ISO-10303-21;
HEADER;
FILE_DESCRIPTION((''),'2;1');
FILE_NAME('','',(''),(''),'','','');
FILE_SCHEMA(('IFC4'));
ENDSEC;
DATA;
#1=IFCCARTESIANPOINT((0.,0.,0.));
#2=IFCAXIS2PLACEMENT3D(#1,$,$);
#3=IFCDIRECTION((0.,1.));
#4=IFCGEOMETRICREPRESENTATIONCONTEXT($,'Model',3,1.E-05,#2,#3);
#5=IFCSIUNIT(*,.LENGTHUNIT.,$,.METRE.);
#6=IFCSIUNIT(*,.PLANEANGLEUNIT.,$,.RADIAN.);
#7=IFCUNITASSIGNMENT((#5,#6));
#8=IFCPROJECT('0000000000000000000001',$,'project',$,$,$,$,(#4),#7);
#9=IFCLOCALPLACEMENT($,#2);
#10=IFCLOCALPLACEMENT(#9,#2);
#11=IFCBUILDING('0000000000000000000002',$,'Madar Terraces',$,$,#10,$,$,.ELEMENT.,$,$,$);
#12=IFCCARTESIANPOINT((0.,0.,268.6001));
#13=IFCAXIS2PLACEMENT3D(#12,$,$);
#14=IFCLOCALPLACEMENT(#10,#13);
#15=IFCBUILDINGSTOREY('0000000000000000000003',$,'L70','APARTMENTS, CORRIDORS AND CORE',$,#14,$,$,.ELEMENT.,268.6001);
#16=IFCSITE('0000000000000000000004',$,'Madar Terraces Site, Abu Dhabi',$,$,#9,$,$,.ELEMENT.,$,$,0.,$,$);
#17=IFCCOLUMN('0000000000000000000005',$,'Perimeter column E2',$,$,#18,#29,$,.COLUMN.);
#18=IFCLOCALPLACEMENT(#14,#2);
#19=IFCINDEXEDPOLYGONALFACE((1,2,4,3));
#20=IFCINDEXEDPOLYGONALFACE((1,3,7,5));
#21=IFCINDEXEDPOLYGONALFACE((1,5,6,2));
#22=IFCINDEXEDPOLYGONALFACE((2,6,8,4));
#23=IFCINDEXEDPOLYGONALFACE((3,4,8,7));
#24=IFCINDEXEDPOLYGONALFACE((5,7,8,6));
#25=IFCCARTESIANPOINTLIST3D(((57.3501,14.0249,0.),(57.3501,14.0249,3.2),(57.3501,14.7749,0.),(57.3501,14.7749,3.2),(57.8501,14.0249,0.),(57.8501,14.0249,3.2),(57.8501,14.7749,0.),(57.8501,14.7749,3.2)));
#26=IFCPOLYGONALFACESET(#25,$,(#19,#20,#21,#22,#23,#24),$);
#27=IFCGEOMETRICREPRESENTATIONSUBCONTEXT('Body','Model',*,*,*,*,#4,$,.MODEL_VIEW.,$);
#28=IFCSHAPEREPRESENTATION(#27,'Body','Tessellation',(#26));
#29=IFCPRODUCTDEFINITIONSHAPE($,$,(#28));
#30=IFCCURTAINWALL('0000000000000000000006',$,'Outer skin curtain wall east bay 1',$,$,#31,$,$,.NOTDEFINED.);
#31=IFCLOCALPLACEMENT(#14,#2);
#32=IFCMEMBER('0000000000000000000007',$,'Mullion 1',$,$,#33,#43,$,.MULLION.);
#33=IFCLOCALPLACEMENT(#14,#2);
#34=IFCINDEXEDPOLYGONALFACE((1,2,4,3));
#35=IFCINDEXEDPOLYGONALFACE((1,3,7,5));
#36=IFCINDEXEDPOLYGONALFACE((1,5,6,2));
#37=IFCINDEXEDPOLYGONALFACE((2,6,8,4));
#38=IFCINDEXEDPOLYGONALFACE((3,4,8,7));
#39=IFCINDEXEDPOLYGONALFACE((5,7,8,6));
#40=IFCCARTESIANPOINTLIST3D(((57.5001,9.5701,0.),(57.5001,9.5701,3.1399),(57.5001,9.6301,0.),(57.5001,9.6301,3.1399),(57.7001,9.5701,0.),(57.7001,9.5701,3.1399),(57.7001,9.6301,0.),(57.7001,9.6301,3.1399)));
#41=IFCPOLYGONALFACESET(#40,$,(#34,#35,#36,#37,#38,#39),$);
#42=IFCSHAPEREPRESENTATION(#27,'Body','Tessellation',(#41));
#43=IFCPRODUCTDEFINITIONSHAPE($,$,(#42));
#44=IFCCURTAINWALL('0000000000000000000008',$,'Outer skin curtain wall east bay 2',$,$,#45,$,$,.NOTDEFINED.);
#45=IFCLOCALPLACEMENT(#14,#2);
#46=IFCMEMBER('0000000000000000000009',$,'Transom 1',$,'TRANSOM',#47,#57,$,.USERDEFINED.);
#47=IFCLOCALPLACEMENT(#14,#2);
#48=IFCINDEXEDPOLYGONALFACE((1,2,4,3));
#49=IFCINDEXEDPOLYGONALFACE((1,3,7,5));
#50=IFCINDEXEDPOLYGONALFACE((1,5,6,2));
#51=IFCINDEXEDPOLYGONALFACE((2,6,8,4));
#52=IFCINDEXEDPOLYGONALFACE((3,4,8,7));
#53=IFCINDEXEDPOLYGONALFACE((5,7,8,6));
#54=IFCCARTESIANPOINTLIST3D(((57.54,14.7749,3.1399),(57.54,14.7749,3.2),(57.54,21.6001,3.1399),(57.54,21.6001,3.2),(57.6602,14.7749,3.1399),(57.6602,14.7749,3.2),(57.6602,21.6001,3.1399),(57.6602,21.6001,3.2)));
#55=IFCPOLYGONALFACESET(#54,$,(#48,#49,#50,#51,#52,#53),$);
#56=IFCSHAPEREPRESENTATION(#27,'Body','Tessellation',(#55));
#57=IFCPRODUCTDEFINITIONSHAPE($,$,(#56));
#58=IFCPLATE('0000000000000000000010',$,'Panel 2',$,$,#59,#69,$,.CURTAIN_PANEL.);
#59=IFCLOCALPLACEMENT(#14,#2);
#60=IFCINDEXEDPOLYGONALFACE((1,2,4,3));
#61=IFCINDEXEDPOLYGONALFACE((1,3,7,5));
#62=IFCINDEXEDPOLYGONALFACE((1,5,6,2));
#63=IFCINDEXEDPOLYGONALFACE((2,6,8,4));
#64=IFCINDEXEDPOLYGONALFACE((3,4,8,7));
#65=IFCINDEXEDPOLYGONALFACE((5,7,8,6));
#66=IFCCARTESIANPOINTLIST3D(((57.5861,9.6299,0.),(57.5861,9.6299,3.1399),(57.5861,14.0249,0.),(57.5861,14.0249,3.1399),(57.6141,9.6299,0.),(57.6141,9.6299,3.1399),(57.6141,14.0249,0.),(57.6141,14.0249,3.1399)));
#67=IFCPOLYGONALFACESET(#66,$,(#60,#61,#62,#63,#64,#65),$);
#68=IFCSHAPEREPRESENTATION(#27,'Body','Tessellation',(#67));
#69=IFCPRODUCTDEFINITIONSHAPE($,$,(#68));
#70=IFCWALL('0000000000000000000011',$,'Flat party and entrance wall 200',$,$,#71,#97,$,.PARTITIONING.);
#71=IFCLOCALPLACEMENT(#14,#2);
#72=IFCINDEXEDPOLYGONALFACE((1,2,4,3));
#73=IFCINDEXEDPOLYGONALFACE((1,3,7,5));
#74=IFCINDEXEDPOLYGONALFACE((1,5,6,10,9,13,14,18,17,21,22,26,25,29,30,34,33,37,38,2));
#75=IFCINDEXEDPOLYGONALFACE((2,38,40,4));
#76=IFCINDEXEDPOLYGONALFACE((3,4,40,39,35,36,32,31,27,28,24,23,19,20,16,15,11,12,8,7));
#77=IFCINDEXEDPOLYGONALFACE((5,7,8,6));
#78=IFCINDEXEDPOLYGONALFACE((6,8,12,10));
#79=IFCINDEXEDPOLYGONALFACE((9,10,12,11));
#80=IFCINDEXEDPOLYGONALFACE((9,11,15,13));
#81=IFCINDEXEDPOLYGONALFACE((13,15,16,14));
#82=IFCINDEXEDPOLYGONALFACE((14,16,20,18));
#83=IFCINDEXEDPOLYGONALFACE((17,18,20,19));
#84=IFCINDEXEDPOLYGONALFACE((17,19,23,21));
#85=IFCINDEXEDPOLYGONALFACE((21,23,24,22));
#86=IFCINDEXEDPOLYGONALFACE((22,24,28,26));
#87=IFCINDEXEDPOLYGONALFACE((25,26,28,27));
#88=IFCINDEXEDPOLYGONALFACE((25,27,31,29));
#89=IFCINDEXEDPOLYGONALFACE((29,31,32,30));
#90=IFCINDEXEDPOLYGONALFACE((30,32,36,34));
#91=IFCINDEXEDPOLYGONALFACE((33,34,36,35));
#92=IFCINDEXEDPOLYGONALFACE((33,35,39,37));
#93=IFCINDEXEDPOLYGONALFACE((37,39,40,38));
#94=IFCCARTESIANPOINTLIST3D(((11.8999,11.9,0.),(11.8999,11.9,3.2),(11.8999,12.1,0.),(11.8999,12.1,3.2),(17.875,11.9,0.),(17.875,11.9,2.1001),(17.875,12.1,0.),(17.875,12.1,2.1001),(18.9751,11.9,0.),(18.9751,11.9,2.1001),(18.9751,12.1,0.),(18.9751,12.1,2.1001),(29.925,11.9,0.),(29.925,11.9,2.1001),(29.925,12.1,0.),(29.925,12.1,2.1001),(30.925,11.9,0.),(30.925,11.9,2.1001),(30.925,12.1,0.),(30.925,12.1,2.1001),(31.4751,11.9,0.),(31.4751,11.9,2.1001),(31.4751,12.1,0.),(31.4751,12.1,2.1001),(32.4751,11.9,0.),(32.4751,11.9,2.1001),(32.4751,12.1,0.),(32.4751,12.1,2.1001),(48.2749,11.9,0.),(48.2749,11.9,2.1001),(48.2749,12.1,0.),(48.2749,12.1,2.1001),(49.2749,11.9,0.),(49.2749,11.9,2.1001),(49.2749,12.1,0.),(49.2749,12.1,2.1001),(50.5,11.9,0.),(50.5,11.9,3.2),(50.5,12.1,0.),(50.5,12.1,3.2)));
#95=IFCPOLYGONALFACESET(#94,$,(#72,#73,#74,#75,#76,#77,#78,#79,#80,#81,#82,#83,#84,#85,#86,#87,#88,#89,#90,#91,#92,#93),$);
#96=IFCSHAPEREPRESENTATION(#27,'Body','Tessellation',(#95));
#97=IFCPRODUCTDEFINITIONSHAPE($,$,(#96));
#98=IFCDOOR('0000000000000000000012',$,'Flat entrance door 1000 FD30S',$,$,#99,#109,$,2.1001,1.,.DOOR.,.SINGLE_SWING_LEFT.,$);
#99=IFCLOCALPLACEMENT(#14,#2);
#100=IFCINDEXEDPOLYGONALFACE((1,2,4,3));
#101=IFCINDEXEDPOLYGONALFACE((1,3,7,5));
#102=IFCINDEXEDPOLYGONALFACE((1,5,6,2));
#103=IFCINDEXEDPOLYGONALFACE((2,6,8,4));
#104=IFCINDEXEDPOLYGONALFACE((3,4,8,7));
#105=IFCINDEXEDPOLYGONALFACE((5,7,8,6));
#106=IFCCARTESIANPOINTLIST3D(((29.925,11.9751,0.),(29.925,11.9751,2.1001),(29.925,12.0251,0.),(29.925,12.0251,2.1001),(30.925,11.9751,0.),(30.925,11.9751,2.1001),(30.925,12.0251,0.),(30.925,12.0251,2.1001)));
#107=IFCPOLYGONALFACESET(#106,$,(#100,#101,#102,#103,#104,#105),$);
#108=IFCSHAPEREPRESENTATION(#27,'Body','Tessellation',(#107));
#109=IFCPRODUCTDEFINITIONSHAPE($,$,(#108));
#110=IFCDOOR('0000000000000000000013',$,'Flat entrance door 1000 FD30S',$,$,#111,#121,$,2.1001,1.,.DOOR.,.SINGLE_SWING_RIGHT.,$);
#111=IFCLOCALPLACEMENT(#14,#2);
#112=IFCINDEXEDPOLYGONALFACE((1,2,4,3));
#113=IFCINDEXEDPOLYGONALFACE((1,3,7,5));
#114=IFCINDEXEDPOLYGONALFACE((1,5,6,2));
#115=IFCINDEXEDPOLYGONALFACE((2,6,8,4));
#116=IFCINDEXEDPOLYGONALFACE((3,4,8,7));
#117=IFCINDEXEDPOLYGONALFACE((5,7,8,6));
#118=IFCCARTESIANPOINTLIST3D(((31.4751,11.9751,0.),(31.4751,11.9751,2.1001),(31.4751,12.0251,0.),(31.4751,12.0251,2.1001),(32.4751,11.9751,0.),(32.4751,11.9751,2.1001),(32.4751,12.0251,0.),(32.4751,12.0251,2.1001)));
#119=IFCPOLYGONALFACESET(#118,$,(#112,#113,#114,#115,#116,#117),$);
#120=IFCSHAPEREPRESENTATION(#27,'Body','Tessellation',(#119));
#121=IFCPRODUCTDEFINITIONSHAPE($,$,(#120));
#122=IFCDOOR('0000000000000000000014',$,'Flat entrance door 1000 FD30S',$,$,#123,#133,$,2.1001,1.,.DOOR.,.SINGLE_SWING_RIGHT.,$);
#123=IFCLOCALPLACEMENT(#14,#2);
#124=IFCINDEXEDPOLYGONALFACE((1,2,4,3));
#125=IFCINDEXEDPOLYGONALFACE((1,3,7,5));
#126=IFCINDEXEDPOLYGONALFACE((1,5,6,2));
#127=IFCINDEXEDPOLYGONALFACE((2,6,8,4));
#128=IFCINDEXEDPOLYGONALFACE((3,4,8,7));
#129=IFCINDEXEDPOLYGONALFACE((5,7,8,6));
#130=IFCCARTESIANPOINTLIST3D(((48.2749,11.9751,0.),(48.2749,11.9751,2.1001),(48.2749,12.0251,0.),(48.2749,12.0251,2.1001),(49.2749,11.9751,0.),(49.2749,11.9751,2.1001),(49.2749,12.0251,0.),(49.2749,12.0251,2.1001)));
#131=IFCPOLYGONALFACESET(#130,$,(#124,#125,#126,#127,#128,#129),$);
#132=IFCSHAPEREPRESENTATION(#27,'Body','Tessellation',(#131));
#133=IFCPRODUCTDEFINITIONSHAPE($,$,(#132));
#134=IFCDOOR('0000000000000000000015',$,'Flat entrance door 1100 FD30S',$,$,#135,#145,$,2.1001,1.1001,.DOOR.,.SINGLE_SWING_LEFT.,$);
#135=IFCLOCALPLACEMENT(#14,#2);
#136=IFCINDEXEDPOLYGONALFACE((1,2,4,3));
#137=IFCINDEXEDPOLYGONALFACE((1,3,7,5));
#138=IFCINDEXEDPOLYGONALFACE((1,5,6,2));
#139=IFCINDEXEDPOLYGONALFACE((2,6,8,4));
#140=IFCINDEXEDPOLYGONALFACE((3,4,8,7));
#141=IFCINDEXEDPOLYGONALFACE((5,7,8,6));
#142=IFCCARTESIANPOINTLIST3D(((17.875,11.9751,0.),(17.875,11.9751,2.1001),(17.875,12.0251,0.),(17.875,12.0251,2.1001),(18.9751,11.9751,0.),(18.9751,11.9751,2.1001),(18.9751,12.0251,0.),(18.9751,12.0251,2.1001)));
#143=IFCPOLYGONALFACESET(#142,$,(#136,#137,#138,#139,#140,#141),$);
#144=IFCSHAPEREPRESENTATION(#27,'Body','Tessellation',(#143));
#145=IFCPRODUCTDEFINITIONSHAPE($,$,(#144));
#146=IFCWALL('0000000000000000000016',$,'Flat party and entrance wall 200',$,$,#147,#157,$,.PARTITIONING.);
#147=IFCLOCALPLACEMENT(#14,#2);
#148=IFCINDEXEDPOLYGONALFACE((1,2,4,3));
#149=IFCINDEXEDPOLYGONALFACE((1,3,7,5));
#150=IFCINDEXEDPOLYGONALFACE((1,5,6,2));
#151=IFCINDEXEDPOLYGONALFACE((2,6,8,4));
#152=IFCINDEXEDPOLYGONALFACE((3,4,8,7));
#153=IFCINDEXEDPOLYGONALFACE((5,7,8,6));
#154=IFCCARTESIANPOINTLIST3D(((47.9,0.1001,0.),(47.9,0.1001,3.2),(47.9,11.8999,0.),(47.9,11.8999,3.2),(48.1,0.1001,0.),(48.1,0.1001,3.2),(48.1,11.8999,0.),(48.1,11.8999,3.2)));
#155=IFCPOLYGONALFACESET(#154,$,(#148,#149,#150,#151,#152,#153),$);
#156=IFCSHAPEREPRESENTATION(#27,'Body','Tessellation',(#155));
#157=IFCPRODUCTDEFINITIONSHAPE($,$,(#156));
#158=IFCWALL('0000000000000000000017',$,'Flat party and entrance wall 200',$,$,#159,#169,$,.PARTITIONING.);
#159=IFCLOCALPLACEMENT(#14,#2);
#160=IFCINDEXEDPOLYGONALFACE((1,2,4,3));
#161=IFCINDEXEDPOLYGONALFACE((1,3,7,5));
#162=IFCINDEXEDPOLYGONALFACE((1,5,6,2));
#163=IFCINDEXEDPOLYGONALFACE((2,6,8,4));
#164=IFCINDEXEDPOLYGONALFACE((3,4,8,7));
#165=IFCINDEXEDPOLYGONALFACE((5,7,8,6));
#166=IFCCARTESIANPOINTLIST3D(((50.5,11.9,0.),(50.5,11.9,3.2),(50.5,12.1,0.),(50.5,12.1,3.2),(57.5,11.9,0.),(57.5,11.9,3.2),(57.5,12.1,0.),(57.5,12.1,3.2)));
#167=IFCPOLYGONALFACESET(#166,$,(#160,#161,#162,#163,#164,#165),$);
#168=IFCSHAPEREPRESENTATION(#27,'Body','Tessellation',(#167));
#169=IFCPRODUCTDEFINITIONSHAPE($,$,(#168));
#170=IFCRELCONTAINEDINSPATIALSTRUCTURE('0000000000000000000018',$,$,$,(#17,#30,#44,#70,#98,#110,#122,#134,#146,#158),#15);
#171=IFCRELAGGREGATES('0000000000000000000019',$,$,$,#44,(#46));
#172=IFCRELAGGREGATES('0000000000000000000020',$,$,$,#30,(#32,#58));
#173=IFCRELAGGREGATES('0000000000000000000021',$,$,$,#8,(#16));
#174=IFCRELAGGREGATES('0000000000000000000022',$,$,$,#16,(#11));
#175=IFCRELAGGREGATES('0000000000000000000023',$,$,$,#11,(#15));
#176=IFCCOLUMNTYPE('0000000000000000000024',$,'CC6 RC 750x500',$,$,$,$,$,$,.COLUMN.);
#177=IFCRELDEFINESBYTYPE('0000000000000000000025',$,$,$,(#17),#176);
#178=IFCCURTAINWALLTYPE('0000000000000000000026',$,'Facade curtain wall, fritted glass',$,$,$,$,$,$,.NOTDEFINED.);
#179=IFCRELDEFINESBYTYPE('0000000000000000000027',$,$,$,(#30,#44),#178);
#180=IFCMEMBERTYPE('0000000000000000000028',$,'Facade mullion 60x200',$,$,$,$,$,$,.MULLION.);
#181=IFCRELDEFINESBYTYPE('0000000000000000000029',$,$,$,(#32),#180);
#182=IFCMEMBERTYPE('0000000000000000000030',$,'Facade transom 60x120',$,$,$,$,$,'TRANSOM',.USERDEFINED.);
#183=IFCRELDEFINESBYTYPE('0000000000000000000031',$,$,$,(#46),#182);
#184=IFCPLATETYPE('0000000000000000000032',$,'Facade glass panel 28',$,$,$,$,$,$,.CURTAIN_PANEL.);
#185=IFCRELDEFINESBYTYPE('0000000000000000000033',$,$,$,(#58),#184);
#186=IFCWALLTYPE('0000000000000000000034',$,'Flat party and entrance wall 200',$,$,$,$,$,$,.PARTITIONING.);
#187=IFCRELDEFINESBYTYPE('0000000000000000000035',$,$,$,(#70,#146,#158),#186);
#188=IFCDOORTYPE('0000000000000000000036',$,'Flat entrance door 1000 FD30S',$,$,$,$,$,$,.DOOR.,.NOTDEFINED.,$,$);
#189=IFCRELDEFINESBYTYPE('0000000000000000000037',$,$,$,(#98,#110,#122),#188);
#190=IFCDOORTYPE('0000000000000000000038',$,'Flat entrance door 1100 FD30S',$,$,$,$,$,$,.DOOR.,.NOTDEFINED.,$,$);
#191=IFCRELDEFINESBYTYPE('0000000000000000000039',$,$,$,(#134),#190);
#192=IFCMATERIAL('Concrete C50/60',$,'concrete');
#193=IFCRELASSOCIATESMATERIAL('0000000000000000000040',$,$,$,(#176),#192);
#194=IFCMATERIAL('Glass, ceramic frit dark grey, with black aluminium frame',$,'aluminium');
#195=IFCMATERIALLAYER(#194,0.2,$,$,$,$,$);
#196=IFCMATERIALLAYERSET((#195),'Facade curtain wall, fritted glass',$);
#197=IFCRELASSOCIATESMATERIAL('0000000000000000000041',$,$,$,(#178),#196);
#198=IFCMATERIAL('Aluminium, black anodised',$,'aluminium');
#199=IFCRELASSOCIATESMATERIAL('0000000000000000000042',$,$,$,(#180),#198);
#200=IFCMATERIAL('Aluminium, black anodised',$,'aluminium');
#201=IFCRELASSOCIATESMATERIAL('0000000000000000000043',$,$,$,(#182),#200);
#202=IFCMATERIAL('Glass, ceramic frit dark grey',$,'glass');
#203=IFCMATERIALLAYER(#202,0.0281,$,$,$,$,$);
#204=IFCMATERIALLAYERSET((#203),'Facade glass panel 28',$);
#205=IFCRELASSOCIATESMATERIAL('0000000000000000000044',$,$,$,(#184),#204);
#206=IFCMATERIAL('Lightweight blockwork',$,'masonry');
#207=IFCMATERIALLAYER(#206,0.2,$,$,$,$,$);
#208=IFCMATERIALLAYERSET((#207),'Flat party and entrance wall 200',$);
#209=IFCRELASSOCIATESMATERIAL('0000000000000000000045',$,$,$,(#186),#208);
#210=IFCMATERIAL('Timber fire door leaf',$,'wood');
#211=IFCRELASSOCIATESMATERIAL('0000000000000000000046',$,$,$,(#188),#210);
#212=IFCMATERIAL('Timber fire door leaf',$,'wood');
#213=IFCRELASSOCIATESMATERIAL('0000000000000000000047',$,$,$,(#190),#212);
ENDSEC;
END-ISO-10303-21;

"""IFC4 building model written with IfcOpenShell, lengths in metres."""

from ifc_helpers import new_model, si_unit, direction, frame, frame_2d, origin, origin_2d, place, context, subcontext, project, spatial, rectangle, extrude, material, layer, layer_set, material_profile, profile_set, type_object, element, fill, aggregate, save


model = new_model("IFC4")

# Units and contexts
model_context = context("Model", 3, precision=1e-05, world=origin(), true_north=direction((0.0, 1.0)))
body_context = subcontext(model_context, "Body", "Model", "MODEL_VIEW")
ifc_project = project(units=[si_unit("LENGTHUNIT", "METRE"), si_unit("PLANEANGLEUNIT", "RADIAN")], contexts=[model_context])

# Site, building, storey
site_placement = place(None, origin())
site = spatial("IfcSite", under=ifc_project, at=site_placement, Name="Madar Terraces Site, Abu Dhabi", CompositionType="ELEMENT", RefElevation=0.0)
building_placement = place(site_placement, origin())
building = spatial("IfcBuilding", under=site, at=building_placement, Name="Madar Terraces", CompositionType="ELEMENT")
storey_placement = place(building_placement, frame((0.0, 0.0, 268.6001)))
storey = spatial("IfcBuildingStorey", under=building, at=storey_placement, Name="L70", Description="APARTMENTS, CORRIDORS AND CORE", CompositionType="ELEMENT", Elevation=268.6001)

# Column
ifc_material_1 = material(Name="Concrete C50/60", Category="concrete")
ifc_material_profile_1 = material_profile(ifc_material_1, rectangle(XDim=0.75, YDim=0.5, at=origin_2d()), Name="CC6 RC 750x500")
ifc_profile_set_1 = profile_set([ifc_material_profile_1], Name="Concrete C50/60")
column_type = type_object("IfcColumnType", Name="CC6 RC 750x500", PredefinedType="COLUMN", material=ifc_profile_set_1)
column_placement = place(storey_placement, frame((57.6001, 14.3999, 0.0), z_axis=(0.0, 0.0, 1.0), x_axis=(0.0, 1.0, 0.0)))
element("IfcColumn", 1, at=column_placement, inside=storey, type_object=column_type, Name="Perimeter column E2", PredefinedType="COLUMN", context=body_context, shape_type="SweptSolid", body=[
    extrude(rectangle(XDim=0.75, YDim=0.5, at=origin_2d()), origin(), (0.0, 0.0, 1.0), 3.2),
])

# Curtain walls, members
ifc_material_2 = material(Name="Glass, ceramic frit dark grey, with black aluminium frame", Category="aluminium")
ifc_layer_1 = layer(ifc_material_2, 0.2)
ifc_layer_set_1 = layer_set([ifc_layer_1], Name="Facade curtain wall, fritted glass")
curtain_wall_type = type_object("IfcCurtainWallType", Name="Facade curtain wall, fritted glass", PredefinedType="NOTDEFINED", material=ifc_layer_set_1)
curtain_wall_1_placement = place(storey_placement, origin())
curtain_wall_1 = element("IfcCurtainWall", 2, at=curtain_wall_1_placement, inside=storey, type_object=curtain_wall_type, Name="Outer skin curtain wall east bay 1", PredefinedType="NOTDEFINED")
ifc_material_3 = material(Name="Aluminium, black anodised", Category="aluminium")
ifc_material_profile_2 = material_profile(ifc_material_3, rectangle(XDim=0.2, YDim=0.0601, at=origin_2d()), Name="Facade mullion 60x200")
ifc_profile_set_2 = profile_set([ifc_material_profile_2], Name="Aluminium, black anodised")
member_type_1 = type_object("IfcMemberType", Name="Facade mullion 60x200", PredefinedType="MULLION", material=ifc_profile_set_2)
member_1_placement = place(storey_placement, frame((57.6001, 9.6001, 0.0), z_axis=(0.0, 0.0, 1.0), x_axis=(-1.0, 0.0, 0.0)))
member_1 = element("IfcMember", 3, at=member_1_placement, type_object=member_type_1, Name="Mullion 1", PredefinedType="MULLION", context=body_context, shape_type="SweptSolid", body=[
    extrude(rectangle(XDim=0.2, YDim=0.0601, at=origin_2d()), origin(), (0.0, 0.0, 1.0), 3.1399),
])
curtain_wall_2_placement = place(storey_placement, origin())
curtain_wall_2 = element("IfcCurtainWall", 4, at=curtain_wall_2_placement, inside=storey, type_object=curtain_wall_type, Name="Outer skin curtain wall east bay 2", PredefinedType="NOTDEFINED")
ifc_material_4 = material(Name="Aluminium, black anodised", Category="aluminium")
ifc_material_profile_3 = material_profile(ifc_material_4, rectangle(XDim=0.1201, YDim=0.0601, at=origin_2d()), Name="Facade transom 60x120")
ifc_profile_set_3 = profile_set([ifc_material_profile_3], Name="Aluminium, black anodised")
member_type_2 = type_object("IfcMemberType", Name="Facade transom 60x120", ElementType="TRANSOM", PredefinedType="USERDEFINED", material=ifc_profile_set_3)
member_2_placement = place(storey_placement, frame((57.6001, 14.7749, 3.1699), z_axis=(0.0, 1.0, 0.0), x_axis=(-1.0, 0.0, 0.0)))
member_2 = element("IfcMember", 5, at=member_2_placement, type_object=member_type_2, Name="Transom 1", ObjectType="TRANSOM", PredefinedType="USERDEFINED", context=body_context, shape_type="SweptSolid", body=[
    extrude(rectangle(XDim=0.1201, YDim=0.0601, at=origin_2d()), origin(), (0.0, 0.0, 1.0), 6.8252),
])
aggregate(curtain_wall_2, [member_2])

# Plate
ifc_material_5 = material(Name="Glass, ceramic frit dark grey", Category="glass")
ifc_layer_2 = layer(ifc_material_5, 0.0281)
ifc_layer_set_2 = layer_set([ifc_layer_2], Name="Facade glass panel 28")
plate_type = type_object("IfcPlateType", Name="Facade glass panel 28", PredefinedType="CURTAIN_PANEL", material=ifc_layer_set_2)
plate_placement = place(storey_placement, frame((57.6001, 11.8274, 0.0), z_axis=(0.0, 0.0, 1.0), x_axis=(0.0, 1.0, 0.0)))
plate = element("IfcPlate", 6, at=plate_placement, type_object=plate_type, Name="Panel 2", PredefinedType="CURTAIN_PANEL", context=body_context, shape_type="SweptSolid", body=[
    extrude(rectangle(XDim=4.395, YDim=0.0281, at=origin_2d()), origin(), (0.0, 0.0, 1.0), 3.1399),
])
aggregate(curtain_wall_1, [member_1, plate])

# Wall, openings, doors
ifc_material_6 = material(Name="Lightweight blockwork", Category="masonry")
ifc_layer_3 = layer(ifc_material_6, 0.2)
ifc_layer_set_3 = layer_set([ifc_layer_3], Name="Flat party and entrance wall 200")
wall_type_1 = type_object("IfcWallType", Name="Flat party and entrance wall 200", PredefinedType="PARTITIONING", material=ifc_layer_set_3)
wall_1_placement = place(storey_placement, frame((50.5, 12.0, 0.0), z_axis=(0.0, 0.0, 1.0), x_axis=(-1.0, 0.0, 0.0)))
wall_1 = element("IfcWall", 7, at=wall_1_placement, inside=storey, type_object=wall_type_1, Name="Flat party and entrance wall 200", PredefinedType="PARTITIONING", context=body_context, shape_type="SweptSolid", body=[
    extrude(rectangle(XDim=38.6001, YDim=0.2, at=frame_2d((19.3, 0.0))), origin(), (0.0, 0.0, 1.0), 3.2),
])
opening_1_placement = place(wall_1_placement, frame((31.5249, 0.0, 0.0)))
opening_1 = element("IfcOpeningElement", 8, at=opening_1_placement, cuts=wall_1, PredefinedType="OPENING", context=body_context, shape_type="SweptSolid", body=[
    extrude(rectangle(XDim=1.1001, YDim=2.1001, at=frame_2d((0.55, 1.05))), frame((0.0, 0.1099, 0.0), z_axis=(0.0, -1.0, 0.0), x_axis=(1.0, 0.0, 0.0)), (0.0, 0.0, 1.0), 0.22),
])
opening_2_placement = place(wall_1_placement, frame((19.575, 0.0, 0.0)))
opening_2 = element("IfcOpeningElement", 9, at=opening_2_placement, cuts=wall_1, PredefinedType="OPENING", context=body_context, shape_type="SweptSolid", body=[
    extrude(rectangle(XDim=1.0, YDim=2.1001, at=frame_2d((0.5, 1.05))), frame((0.0, 0.1099, 0.0), z_axis=(0.0, -1.0, 0.0), x_axis=(1.0, 0.0, 0.0)), (0.0, 0.0, 1.0), 0.22),
])
opening_3_placement = place(wall_1_placement, frame((18.0249, 0.0, 0.0)))
opening_3 = element("IfcOpeningElement", 10, at=opening_3_placement, cuts=wall_1, PredefinedType="OPENING", context=body_context, shape_type="SweptSolid", body=[
    extrude(rectangle(XDim=1.0, YDim=2.1001, at=frame_2d((0.5, 1.05))), frame((0.0, 0.1099, 0.0), z_axis=(0.0, -1.0, 0.0), x_axis=(1.0, 0.0, 0.0)), (0.0, 0.0, 1.0), 0.22),
])
opening_4_placement = place(wall_1_placement, frame((1.2251, 0.0, 0.0)))
opening_4 = element("IfcOpeningElement", 11, at=opening_4_placement, cuts=wall_1, PredefinedType="OPENING", context=body_context, shape_type="SweptSolid", body=[
    extrude(rectangle(XDim=1.0, YDim=2.1001, at=frame_2d((0.5, 1.05))), frame((0.0, 0.1099, 0.0), z_axis=(0.0, -1.0, 0.0), x_axis=(1.0, 0.0, 0.0)), (0.0, 0.0, 1.0), 0.22),
])
ifc_material_7 = material(Name="Timber fire door leaf", Category="wood")
door_type_1 = type_object("IfcDoorType", Name="Flat entrance door 1000 FD30S", OperationType="NOTDEFINED", PredefinedType="DOOR", material=ifc_material_7)
door_1_placement = place(opening_2_placement, origin())
door_1 = element("IfcDoor", 12, at=door_1_placement, inside=storey, type_object=door_type_1, Name="Flat entrance door 1000 FD30S", OperationType="SINGLE_SWING_LEFT", OverallHeight=2.1001, OverallWidth=1.0, PredefinedType="DOOR", context=body_context, shape_type="SweptSolid", body=[
    extrude(rectangle(XDim=1.0, YDim=2.1001, at=frame_2d((0.5, 1.05))), frame((0.0, 0.0249, 0.0), z_axis=(0.0, -1.0, 0.0), x_axis=(1.0, 0.0, 0.0)), (0.0, 0.0, 1.0), 0.05),
])
fill(opening_2, door_1)
door_2_placement = place(opening_3_placement, origin())
door_2 = element("IfcDoor", 13, at=door_2_placement, inside=storey, type_object=door_type_1, Name="Flat entrance door 1000 FD30S", OperationType="SINGLE_SWING_RIGHT", OverallHeight=2.1001, OverallWidth=1.0, PredefinedType="DOOR", context=body_context, shape_type="SweptSolid", body=[
    extrude(rectangle(XDim=1.0, YDim=2.1001, at=frame_2d((0.5, 1.05))), frame((0.0, 0.0249, 0.0), z_axis=(0.0, -1.0, 0.0), x_axis=(1.0, 0.0, 0.0)), (0.0, 0.0, 1.0), 0.05),
])
fill(opening_3, door_2)
door_3_placement = place(opening_4_placement, origin())
door_3 = element("IfcDoor", 14, at=door_3_placement, inside=storey, type_object=door_type_1, Name="Flat entrance door 1000 FD30S", OperationType="SINGLE_SWING_RIGHT", OverallHeight=2.1001, OverallWidth=1.0, PredefinedType="DOOR", context=body_context, shape_type="SweptSolid", body=[
    extrude(rectangle(XDim=1.0, YDim=2.1001, at=frame_2d((0.5, 1.05))), frame((0.0, 0.0249, 0.0), z_axis=(0.0, -1.0, 0.0), x_axis=(1.0, 0.0, 0.0)), (0.0, 0.0, 1.0), 0.05),
])
fill(opening_4, door_3)
ifc_material_8 = material(Name="Timber fire door leaf", Category="wood")
door_type_2 = type_object("IfcDoorType", Name="Flat entrance door 1100 FD30S", OperationType="NOTDEFINED", PredefinedType="DOOR", material=ifc_material_8)
door_4_placement = place(opening_1_placement, origin())
door_4 = element("IfcDoor", 15, at=door_4_placement, inside=storey, type_object=door_type_2, Name="Flat entrance door 1100 FD30S", OperationType="SINGLE_SWING_LEFT", OverallHeight=2.1001, OverallWidth=1.1001, PredefinedType="DOOR", context=body_context, shape_type="SweptSolid", body=[
    extrude(rectangle(XDim=1.1001, YDim=2.1001, at=frame_2d((0.55, 1.05))), frame((0.0, 0.0249, 0.0), z_axis=(0.0, -1.0, 0.0), x_axis=(1.0, 0.0, 0.0)), (0.0, 0.0, 1.0), 0.05),
])
fill(opening_1, door_4)

# Walls
wall_2_placement = place(storey_placement, frame((48.0, 11.8999, 0.0), z_axis=(0.0, 0.0, 1.0), x_axis=(0.0, -1.0, 0.0)))
element("IfcWall", 16, at=wall_2_placement, inside=storey, type_object=wall_type_1, Name="Flat party and entrance wall 200", PredefinedType="PARTITIONING", context=body_context, shape_type="SweptSolid", body=[
    extrude(rectangle(XDim=11.7998, YDim=0.2, at=frame_2d((5.8999, 0.0))), origin(), (0.0, 0.0, 1.0), 3.2),
])
wall_3_placement = place(storey_placement, frame((50.5, 12.0, 0.0), z_axis=(0.0, 0.0, 1.0), x_axis=(1.0, 0.0, 0.0)))
element("IfcWall", 17, at=wall_3_placement, inside=storey, type_object=wall_type_1, Name="Flat party and entrance wall 200", PredefinedType="PARTITIONING", context=body_context, shape_type="SweptSolid", body=[
    extrude(rectangle(XDim=7.0, YDim=0.2, at=frame_2d((3.5, 0.0))), origin(), (0.0, 0.0, 1.0), 3.2),
])

save(model, "model.ifc")
